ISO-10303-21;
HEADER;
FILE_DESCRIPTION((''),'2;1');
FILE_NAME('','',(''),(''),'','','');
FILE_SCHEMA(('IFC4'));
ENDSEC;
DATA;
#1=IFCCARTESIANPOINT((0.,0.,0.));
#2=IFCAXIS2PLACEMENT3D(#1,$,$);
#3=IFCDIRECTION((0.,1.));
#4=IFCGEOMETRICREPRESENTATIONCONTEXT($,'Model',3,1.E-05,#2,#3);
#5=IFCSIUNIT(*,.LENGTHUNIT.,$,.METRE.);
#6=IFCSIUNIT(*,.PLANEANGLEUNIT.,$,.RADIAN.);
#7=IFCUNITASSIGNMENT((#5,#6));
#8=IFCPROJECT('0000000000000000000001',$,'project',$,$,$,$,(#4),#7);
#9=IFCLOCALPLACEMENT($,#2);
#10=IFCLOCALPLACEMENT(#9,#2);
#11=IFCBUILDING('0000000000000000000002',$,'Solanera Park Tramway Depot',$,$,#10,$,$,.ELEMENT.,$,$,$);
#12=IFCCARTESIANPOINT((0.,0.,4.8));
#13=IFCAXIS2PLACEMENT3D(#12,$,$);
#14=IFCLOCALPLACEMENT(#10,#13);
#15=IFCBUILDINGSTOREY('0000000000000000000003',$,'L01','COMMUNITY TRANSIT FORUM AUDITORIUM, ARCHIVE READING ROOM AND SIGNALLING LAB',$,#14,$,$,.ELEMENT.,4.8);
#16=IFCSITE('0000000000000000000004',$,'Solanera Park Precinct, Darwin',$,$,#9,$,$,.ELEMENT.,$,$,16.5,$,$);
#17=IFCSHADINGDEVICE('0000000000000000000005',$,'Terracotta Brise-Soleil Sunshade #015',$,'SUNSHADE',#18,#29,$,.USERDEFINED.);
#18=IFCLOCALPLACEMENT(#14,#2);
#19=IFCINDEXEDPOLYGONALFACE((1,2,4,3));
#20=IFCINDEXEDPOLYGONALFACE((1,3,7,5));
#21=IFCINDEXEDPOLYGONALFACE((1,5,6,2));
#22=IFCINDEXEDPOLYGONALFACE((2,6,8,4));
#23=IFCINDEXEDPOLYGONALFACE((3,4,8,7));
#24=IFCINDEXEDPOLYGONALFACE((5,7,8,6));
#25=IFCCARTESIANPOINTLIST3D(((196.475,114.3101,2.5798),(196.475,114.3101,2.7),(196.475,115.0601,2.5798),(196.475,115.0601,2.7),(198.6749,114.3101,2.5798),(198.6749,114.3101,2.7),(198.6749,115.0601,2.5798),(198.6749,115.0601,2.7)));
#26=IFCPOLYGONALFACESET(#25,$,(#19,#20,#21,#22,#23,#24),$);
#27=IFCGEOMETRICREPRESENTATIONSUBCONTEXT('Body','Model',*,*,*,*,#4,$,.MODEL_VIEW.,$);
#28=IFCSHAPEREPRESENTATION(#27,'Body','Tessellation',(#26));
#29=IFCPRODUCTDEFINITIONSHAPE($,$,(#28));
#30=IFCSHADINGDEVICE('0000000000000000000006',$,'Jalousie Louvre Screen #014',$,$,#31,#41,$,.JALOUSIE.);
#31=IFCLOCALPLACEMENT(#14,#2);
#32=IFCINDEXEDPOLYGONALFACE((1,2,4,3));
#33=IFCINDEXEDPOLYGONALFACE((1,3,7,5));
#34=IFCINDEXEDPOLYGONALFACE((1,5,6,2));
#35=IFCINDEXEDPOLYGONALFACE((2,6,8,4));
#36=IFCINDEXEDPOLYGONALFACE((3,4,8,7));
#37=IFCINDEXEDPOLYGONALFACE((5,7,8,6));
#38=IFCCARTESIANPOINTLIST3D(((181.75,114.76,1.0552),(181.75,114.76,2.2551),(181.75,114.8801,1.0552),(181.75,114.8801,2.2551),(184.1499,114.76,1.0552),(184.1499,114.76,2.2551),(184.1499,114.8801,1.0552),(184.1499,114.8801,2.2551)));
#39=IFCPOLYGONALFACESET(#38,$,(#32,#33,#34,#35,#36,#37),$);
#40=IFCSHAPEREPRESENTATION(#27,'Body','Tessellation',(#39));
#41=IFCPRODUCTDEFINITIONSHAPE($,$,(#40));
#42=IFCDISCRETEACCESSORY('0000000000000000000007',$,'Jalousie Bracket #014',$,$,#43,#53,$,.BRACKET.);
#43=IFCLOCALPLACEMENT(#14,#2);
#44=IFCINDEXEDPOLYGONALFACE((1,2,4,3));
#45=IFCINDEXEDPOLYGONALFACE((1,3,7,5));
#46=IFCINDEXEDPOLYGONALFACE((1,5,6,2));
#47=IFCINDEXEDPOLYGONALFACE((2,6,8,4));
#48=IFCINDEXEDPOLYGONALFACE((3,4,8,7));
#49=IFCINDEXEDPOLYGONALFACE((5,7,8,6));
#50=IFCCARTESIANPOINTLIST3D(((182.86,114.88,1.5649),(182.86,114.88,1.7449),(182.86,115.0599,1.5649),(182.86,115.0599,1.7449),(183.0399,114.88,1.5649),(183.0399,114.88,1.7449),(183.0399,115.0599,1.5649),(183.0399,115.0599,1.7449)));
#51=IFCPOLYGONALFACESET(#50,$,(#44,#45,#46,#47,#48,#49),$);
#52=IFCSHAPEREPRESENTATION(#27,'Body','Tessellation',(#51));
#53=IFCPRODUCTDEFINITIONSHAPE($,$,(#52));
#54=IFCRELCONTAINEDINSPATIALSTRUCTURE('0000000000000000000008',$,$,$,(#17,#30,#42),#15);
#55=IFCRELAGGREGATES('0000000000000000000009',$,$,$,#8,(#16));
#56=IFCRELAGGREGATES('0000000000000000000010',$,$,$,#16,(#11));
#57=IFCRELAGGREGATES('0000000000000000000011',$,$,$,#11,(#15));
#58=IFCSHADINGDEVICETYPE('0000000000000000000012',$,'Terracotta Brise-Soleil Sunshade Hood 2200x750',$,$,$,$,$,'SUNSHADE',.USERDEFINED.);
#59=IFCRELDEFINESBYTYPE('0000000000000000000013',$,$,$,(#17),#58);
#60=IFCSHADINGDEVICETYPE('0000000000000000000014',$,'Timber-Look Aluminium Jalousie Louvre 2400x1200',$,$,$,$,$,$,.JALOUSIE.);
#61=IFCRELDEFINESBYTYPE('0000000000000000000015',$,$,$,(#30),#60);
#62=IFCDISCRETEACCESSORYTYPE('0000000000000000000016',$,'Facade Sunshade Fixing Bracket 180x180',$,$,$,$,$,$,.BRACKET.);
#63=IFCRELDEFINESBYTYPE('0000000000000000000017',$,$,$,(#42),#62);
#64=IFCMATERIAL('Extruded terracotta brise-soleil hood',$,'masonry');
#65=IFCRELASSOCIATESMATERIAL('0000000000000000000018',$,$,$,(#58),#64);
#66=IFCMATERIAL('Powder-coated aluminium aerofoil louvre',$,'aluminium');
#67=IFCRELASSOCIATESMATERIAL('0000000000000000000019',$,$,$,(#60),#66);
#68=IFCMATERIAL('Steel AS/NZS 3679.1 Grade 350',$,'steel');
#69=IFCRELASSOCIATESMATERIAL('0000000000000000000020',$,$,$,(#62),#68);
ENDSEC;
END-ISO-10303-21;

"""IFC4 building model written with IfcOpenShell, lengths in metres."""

from ifc_helpers import new_model, si_unit, direction, frame, origin, origin_2d, place, context, subcontext, project, spatial, rectangle, extrude, material, type_object, element, save


model = new_model("IFC4")

# Units and contexts
model_context = context("Model", 3, precision=1e-05, world=origin(), true_north=direction((0.0, 1.0)))
body_context = subcontext(model_context, "Body", "Model", "MODEL_VIEW")
ifc_project = project(units=[si_unit("LENGTHUNIT", "METRE"), si_unit("PLANEANGLEUNIT", "RADIAN")], contexts=[model_context])

# Site, building, storey
site_placement = place(None, origin())
site = spatial("IfcSite", under=ifc_project, at=site_placement, Name="Solanera Park Precinct, Darwin", CompositionType="ELEMENT", RefElevation=16.5)
building_placement = place(site_placement, origin())
building = spatial("IfcBuilding", under=site, at=building_placement, Name="Solanera Park Tramway Depot", CompositionType="ELEMENT")
storey_placement = place(building_placement, frame((0.0, 0.0, 4.8)))
storey = spatial("IfcBuildingStorey", under=building, at=storey_placement, Name="L01", Description="COMMUNITY TRANSIT FORUM AUDITORIUM, ARCHIVE READING ROOM AND SIGNALLING LAB", CompositionType="ELEMENT", Elevation=4.8)

# Shading devices
ifc_material_1 = material(Name="Extruded terracotta brise-soleil hood", Category="masonry")
shading_device_type_1 = type_object("IfcShadingDeviceType", Name="Terracotta Brise-Soleil Sunshade Hood 2200x750", ElementType="SUNSHADE", PredefinedType="USERDEFINED", material=ifc_material_1)
shading_device_1_placement = place(storey_placement, frame((197.575, 114.6851, 2.5798), z_axis=(0.0, 0.0, 1.0), x_axis=(1.0, 0.0, 0.0)))
element("IfcShadingDevice", 1, at=shading_device_1_placement, inside=storey, type_object=shading_device_type_1, Name="Terracotta Brise-Soleil Sunshade #015", ObjectType="SUNSHADE", PredefinedType="USERDEFINED", context=body_context, shape_type="SweptSolid", body=[
    extrude(rectangle(XDim=2.2, YDim=0.75, at=origin_2d()), origin(), (0.0, 0.0, 1.0), 0.1201),
])
ifc_material_2 = material(Name="Powder-coated aluminium aerofoil louvre", Category="aluminium")
shading_device_type_2 = type_object("IfcShadingDeviceType", Name="Timber-Look Aluminium Jalousie Louvre 2400x1200", PredefinedType="JALOUSIE", material=ifc_material_2)
shading_device_2_placement = place(storey_placement, frame((182.95, 114.8201, 1.0552), z_axis=(0.0, 0.0, 1.0), x_axis=(1.0, 0.0, 0.0)))
element("IfcShadingDevice", 2, at=shading_device_2_placement, inside=storey, type_object=shading_device_type_2, Name="Jalousie Louvre Screen #014", PredefinedType="JALOUSIE", context=body_context, shape_type="SweptSolid", body=[
    extrude(rectangle(XDim=2.3999, YDim=0.1201, at=origin_2d()), origin(), (0.0, 0.0, 1.0), 1.2),
])

# Discrete accessory
ifc_material_3 = material(Name="Steel AS/NZS 3679.1 Grade 350", Category="steel")
discrete_accessory_type = type_object("IfcDiscreteAccessoryType", Name="Facade Sunshade Fixing Bracket 180x180", PredefinedType="BRACKET", material=ifc_material_3)
discrete_accessory_placement = place(storey_placement, frame((182.95, 114.97, 1.5649), z_axis=(0.0, 0.0, 1.0), x_axis=(1.0, 0.0, 0.0)))
element("IfcDiscreteAccessory", 3, at=discrete_accessory_placement, inside=storey, type_object=discrete_accessory_type, Name="Jalousie Bracket #014", PredefinedType="BRACKET", context=body_context, shape_type="SweptSolid", body=[
    extrude(rectangle(XDim=0.1799, YDim=0.1799, at=origin_2d()), origin(), (0.0, 0.0, 1.0), 0.1799),
])

save(model, "model.ifc")
